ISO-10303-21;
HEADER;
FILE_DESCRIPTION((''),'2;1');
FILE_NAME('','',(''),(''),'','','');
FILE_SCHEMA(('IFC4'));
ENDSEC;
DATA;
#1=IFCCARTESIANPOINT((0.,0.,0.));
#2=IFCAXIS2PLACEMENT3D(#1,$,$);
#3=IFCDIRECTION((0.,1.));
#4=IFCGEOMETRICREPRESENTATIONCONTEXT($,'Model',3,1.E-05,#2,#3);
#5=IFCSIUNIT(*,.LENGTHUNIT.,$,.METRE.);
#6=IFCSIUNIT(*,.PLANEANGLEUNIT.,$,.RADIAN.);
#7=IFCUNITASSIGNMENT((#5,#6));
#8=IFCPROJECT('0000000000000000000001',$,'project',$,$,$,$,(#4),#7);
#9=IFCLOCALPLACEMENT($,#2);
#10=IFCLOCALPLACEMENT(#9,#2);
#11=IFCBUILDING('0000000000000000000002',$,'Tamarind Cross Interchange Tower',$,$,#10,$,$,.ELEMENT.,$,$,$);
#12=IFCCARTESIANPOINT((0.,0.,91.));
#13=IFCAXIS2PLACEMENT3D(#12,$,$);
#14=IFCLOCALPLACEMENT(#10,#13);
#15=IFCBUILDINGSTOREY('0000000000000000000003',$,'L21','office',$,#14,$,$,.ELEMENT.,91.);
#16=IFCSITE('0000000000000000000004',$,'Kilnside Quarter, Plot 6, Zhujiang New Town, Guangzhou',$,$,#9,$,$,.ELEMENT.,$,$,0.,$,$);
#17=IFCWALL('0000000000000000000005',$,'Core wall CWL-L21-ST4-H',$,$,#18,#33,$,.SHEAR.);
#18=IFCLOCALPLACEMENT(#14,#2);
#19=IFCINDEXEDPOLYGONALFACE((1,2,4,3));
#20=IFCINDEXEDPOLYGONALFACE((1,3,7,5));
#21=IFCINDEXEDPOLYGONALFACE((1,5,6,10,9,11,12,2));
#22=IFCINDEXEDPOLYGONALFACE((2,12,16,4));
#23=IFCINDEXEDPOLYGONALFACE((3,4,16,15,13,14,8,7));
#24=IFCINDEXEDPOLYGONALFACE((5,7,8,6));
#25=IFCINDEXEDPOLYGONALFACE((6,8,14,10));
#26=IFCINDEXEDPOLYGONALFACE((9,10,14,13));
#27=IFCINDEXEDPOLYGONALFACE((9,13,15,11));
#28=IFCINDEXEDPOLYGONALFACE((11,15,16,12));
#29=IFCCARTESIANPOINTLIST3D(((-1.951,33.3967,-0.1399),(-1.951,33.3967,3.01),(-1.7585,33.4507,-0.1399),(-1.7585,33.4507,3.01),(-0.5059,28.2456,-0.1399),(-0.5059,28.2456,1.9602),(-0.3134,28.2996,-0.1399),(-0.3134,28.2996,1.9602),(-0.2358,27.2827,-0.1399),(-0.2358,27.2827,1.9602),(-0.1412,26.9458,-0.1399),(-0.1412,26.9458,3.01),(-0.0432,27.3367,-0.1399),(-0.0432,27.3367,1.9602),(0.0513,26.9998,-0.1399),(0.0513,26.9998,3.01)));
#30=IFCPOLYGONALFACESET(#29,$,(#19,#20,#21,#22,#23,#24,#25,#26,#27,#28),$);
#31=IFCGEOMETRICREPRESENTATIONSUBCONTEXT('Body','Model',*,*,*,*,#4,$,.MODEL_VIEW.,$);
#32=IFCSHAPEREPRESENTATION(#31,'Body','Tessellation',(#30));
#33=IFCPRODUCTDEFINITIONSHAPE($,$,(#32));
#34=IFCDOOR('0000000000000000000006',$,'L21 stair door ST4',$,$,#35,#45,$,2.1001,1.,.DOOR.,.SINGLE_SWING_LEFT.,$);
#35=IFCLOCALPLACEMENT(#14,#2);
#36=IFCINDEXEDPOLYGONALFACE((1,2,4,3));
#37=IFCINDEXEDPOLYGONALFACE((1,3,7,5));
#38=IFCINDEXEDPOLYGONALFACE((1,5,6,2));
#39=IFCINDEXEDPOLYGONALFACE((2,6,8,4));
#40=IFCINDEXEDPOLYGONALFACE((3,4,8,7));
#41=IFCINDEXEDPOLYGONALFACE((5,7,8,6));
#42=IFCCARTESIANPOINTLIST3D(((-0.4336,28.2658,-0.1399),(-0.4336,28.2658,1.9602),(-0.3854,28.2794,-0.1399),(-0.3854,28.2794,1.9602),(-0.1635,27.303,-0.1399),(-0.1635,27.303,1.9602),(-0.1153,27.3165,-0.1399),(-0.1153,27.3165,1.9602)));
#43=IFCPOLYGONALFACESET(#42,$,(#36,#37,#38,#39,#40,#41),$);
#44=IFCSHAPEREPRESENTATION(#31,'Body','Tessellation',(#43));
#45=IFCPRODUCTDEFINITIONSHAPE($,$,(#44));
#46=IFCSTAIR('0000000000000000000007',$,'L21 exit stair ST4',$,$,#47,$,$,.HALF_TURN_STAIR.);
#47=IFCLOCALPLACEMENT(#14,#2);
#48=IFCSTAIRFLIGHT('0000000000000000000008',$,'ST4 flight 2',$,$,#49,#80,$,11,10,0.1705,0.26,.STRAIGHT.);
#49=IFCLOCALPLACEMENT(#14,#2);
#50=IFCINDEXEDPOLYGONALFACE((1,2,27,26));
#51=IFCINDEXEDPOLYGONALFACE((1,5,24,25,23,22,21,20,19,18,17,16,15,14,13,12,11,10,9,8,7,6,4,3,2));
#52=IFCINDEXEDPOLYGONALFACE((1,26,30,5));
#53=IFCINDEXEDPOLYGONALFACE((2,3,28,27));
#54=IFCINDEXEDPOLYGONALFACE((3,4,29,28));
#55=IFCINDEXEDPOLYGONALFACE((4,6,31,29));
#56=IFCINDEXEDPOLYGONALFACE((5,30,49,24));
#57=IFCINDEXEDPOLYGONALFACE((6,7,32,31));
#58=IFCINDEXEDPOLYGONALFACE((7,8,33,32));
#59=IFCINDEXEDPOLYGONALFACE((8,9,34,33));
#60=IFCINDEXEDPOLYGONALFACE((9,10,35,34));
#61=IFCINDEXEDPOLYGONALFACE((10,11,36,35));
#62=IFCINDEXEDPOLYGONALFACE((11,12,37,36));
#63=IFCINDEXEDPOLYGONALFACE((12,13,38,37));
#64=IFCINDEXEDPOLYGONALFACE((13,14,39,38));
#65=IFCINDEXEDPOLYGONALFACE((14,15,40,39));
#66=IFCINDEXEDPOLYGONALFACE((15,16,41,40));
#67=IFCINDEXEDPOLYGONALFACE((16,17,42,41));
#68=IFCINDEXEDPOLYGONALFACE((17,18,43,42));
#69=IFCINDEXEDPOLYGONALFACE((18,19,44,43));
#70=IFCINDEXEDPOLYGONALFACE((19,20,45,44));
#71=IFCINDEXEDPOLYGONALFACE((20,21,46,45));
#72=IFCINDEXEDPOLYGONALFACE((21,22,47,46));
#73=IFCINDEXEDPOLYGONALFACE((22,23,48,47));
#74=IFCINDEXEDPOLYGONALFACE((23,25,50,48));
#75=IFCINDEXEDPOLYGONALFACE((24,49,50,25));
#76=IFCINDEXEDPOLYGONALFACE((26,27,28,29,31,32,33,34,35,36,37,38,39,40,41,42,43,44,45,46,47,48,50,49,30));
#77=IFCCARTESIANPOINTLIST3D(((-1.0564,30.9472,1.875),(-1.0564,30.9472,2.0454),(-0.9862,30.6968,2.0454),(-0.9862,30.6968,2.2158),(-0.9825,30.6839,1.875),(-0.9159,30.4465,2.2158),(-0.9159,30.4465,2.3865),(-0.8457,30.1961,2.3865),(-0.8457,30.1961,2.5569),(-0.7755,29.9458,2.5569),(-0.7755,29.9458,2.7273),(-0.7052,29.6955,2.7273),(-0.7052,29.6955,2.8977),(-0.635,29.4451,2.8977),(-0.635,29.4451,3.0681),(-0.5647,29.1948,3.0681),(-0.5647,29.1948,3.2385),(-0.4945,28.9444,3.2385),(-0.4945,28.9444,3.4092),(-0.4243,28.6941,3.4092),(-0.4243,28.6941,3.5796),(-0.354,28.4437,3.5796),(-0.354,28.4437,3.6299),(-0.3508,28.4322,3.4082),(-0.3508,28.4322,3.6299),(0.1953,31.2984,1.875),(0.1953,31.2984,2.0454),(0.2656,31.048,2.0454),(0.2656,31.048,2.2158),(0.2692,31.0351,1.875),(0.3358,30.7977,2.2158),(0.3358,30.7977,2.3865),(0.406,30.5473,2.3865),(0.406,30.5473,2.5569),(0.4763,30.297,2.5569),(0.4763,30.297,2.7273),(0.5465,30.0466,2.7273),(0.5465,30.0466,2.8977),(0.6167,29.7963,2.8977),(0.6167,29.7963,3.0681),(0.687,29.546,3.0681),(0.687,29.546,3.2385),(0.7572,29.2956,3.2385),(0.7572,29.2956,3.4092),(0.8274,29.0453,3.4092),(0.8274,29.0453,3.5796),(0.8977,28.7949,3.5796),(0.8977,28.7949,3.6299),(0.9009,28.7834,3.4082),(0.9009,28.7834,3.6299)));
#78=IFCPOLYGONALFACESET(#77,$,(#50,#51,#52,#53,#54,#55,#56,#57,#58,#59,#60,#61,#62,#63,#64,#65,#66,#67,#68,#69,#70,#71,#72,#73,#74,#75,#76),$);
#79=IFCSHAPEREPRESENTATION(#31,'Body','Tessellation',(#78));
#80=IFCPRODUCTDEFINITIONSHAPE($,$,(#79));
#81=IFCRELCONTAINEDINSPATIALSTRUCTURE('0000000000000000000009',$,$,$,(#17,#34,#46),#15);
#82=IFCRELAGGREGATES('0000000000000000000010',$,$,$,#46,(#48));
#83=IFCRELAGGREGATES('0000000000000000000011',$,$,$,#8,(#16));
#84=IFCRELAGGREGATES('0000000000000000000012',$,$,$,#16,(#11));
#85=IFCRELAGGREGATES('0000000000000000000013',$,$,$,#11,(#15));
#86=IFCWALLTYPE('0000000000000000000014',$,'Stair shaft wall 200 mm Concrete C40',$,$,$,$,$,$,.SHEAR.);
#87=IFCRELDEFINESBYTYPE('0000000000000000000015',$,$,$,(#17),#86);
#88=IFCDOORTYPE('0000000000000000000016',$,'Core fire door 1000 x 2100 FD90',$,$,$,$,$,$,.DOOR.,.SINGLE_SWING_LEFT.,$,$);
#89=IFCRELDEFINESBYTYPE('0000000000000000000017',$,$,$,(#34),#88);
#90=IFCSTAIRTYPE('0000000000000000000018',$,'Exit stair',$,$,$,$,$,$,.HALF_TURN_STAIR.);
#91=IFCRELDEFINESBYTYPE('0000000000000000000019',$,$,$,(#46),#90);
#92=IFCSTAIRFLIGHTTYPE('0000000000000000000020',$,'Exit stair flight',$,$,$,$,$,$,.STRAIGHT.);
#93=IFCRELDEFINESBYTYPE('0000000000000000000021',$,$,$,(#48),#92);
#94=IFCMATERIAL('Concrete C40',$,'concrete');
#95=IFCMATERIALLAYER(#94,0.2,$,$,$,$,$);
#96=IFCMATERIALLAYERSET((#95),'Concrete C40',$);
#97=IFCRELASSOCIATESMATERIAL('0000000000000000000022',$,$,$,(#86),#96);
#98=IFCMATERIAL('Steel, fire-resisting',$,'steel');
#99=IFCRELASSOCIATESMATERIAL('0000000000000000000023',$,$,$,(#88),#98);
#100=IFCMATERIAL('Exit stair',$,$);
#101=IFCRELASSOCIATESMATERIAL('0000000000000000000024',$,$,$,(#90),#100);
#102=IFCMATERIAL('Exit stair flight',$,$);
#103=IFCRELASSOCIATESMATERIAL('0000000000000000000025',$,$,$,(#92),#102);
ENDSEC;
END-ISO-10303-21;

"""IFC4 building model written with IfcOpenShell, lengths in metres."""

from ifc_helpers import new_model, si_unit, direction, frame, frame_2d, origin, place, context, subcontext, project, spatial, polyline, rectangle, outline, extrude, material, layer, layer_set, type_object, element, fill, aggregate, save


model = new_model("IFC4")

# Units and contexts
model_context = context("Model", 3, precision=1e-05, world=origin(), true_north=direction((0.0, 1.0)))
body_context = subcontext(model_context, "Body", "Model", "MODEL_VIEW")
ifc_project = project(units=[si_unit("LENGTHUNIT", "METRE"), si_unit("PLANEANGLEUNIT", "RADIAN")], contexts=[model_context])

# Site, building, storey
site_placement = place(None, origin())
site = spatial("IfcSite", under=ifc_project, at=site_placement, Name="Kilnside Quarter, Plot 6, Zhujiang New Town, Guangzhou", CompositionType="ELEMENT", RefElevation=0.0)
building_placement = place(site_placement, origin())
building = spatial("IfcBuilding", under=site, at=building_placement, Name="Tamarind Cross Interchange Tower", CompositionType="ELEMENT")
storey_placement = place(building_placement, frame((0.0, 0.0, 91.0)))
storey = spatial("IfcBuildingStorey", under=building, at=storey_placement, Name="L21", Description="office", CompositionType="ELEMENT", Elevation=91.0)

# Wall, opening, door
ifc_material_1 = material(Name="Concrete C40", Category="concrete")
ifc_layer_1 = layer(ifc_material_1, 0.2)
ifc_layer_set_1 = layer_set([ifc_layer_1], Name="Concrete C40")
wall_type_1 = type_object("IfcWallType", Name="Stair shaft wall 200 mm Concrete C40", PredefinedType="SHEAR", material=ifc_layer_set_1)
wall_1_placement = place(storey_placement, frame((-0.0449, 26.9727, -0.1399), z_axis=(0.0, 0.0, 1.0), x_axis=(-0.270122, 0.962826, 0.0)))
wall_1 = element("IfcWall", 1, at=wall_1_placement, inside=storey, type_object=wall_type_1, Name="Core wall CWL-L21-ST4-H", PredefinedType="SHEAR", context=body_context, shape_type="SweptSolid", body=[
    extrude(rectangle(XDim=6.7, YDim=0.2, at=frame_2d((3.3501, 0.0))), origin(), (0.0, 0.0, 1.0), 3.1499),
])
opening_1_placement = place(wall_1_placement, frame((0.3501, 0.0, 0.0)))
opening_1 = element("IfcOpeningElement", 2, at=opening_1_placement, cuts=wall_1, PredefinedType="OPENING", context=body_context, shape_type="SweptSolid", body=[
    extrude(rectangle(XDim=1.0, YDim=2.1001, at=frame_2d((0.5, 1.05))), frame((0.0, 0.1099, 0.0), z_axis=(0.0, -1.0, 0.0), x_axis=(1.0, 0.0, 0.0)), (0.0, 0.0, 1.0), 0.22),
])
ifc_material_2 = material(Name="Steel, fire-resisting", Category="steel")
door_type_1 = type_object("IfcDoorType", Name="Core fire door 1000 x 2100 FD90", OperationType="SINGLE_SWING_LEFT", PredefinedType="DOOR", material=ifc_material_2)
door_1_placement = place(opening_1_placement, origin())
door_1 = element("IfcDoor", 3, at=door_1_placement, inside=storey, type_object=door_type_1, Name="L21 stair door ST4", OperationType="SINGLE_SWING_LEFT", OverallHeight=2.1001, OverallWidth=1.0, PredefinedType="DOOR", context=body_context, shape_type="SweptSolid", body=[
    extrude(rectangle(XDim=1.0, YDim=2.1001, at=frame_2d((0.5, 1.05))), frame((0.0, 0.0249, 0.0), z_axis=(0.0, -1.0, 0.0), x_axis=(1.0, 0.0, 0.0)), (0.0, 0.0, 1.0), 0.05),
])
fill(opening_1, door_1)

# Stair, stair flight
ifc_material_3 = material(Name="Exit stair")
stair_type = type_object("IfcStairType", Name="Exit stair", PredefinedType="HALF_TURN_STAIR", material=ifc_material_3)
stair_placement = place(storey_placement, origin())
stair = element("IfcStair", 4, at=stair_placement, inside=storey, type_object=stair_type, Name="L21 exit stair ST4", PredefinedType="HALF_TURN_STAIR")
ifc_material_4 = material(Name="Exit stair flight")
stair_flight_type = type_object("IfcStairFlightType", Name="Exit stair flight", PredefinedType="STRAIGHT", material=ifc_material_4)
stair_flight_placement = place(storey_placement, frame((-0.4304, 31.1228, 1.875), z_axis=(0.0, 0.0, 1.0), x_axis=(0.27013, -0.962824, 0.0)))
stair_flight = element("IfcStairFlight", 5, at=stair_flight_placement, type_object=stair_flight_type, Name="ST4 flight 2", NumberOfRisers=11, NumberOfTreads=10, PredefinedType="STRAIGHT", RiserHeight=0.1705, TreadLength=0.26, context=body_context, shape_type="SweptSolid", body=[
    extrude(outline(polyline([(0.0, 0.0), (0.0, 0.1704), (0.26, 0.1704), (0.26, 0.3408), (0.52, 0.3408), (0.52, 0.5115), (0.78, 0.5115), (0.78, 0.6819), (1.04, 0.6819), (1.04, 0.8523), (1.3, 0.8523), (1.3, 1.0227), (1.5601, 1.0227), (1.5601, 1.1931), (1.8201, 1.1931), (1.8201, 1.3635), (2.0801, 1.3635), (2.0801, 1.5342), (2.3401, 1.5342), (2.3401, 1.7046), (2.6001, 1.7046), (2.6001, 1.7549), (2.6121, 1.7549), (2.6121, 1.5332), (0.2734, 0.0), (0.0, 0.0)])), frame((0.0, 0.6499, 0.0), z_axis=(0.0, -1.0, 0.0), x_axis=(1.0, 0.0, 0.0)), (0.0, 0.0, 1.0), 1.3),
])
aggregate(stair, [stair_flight])

save(model, "model.ifc")
